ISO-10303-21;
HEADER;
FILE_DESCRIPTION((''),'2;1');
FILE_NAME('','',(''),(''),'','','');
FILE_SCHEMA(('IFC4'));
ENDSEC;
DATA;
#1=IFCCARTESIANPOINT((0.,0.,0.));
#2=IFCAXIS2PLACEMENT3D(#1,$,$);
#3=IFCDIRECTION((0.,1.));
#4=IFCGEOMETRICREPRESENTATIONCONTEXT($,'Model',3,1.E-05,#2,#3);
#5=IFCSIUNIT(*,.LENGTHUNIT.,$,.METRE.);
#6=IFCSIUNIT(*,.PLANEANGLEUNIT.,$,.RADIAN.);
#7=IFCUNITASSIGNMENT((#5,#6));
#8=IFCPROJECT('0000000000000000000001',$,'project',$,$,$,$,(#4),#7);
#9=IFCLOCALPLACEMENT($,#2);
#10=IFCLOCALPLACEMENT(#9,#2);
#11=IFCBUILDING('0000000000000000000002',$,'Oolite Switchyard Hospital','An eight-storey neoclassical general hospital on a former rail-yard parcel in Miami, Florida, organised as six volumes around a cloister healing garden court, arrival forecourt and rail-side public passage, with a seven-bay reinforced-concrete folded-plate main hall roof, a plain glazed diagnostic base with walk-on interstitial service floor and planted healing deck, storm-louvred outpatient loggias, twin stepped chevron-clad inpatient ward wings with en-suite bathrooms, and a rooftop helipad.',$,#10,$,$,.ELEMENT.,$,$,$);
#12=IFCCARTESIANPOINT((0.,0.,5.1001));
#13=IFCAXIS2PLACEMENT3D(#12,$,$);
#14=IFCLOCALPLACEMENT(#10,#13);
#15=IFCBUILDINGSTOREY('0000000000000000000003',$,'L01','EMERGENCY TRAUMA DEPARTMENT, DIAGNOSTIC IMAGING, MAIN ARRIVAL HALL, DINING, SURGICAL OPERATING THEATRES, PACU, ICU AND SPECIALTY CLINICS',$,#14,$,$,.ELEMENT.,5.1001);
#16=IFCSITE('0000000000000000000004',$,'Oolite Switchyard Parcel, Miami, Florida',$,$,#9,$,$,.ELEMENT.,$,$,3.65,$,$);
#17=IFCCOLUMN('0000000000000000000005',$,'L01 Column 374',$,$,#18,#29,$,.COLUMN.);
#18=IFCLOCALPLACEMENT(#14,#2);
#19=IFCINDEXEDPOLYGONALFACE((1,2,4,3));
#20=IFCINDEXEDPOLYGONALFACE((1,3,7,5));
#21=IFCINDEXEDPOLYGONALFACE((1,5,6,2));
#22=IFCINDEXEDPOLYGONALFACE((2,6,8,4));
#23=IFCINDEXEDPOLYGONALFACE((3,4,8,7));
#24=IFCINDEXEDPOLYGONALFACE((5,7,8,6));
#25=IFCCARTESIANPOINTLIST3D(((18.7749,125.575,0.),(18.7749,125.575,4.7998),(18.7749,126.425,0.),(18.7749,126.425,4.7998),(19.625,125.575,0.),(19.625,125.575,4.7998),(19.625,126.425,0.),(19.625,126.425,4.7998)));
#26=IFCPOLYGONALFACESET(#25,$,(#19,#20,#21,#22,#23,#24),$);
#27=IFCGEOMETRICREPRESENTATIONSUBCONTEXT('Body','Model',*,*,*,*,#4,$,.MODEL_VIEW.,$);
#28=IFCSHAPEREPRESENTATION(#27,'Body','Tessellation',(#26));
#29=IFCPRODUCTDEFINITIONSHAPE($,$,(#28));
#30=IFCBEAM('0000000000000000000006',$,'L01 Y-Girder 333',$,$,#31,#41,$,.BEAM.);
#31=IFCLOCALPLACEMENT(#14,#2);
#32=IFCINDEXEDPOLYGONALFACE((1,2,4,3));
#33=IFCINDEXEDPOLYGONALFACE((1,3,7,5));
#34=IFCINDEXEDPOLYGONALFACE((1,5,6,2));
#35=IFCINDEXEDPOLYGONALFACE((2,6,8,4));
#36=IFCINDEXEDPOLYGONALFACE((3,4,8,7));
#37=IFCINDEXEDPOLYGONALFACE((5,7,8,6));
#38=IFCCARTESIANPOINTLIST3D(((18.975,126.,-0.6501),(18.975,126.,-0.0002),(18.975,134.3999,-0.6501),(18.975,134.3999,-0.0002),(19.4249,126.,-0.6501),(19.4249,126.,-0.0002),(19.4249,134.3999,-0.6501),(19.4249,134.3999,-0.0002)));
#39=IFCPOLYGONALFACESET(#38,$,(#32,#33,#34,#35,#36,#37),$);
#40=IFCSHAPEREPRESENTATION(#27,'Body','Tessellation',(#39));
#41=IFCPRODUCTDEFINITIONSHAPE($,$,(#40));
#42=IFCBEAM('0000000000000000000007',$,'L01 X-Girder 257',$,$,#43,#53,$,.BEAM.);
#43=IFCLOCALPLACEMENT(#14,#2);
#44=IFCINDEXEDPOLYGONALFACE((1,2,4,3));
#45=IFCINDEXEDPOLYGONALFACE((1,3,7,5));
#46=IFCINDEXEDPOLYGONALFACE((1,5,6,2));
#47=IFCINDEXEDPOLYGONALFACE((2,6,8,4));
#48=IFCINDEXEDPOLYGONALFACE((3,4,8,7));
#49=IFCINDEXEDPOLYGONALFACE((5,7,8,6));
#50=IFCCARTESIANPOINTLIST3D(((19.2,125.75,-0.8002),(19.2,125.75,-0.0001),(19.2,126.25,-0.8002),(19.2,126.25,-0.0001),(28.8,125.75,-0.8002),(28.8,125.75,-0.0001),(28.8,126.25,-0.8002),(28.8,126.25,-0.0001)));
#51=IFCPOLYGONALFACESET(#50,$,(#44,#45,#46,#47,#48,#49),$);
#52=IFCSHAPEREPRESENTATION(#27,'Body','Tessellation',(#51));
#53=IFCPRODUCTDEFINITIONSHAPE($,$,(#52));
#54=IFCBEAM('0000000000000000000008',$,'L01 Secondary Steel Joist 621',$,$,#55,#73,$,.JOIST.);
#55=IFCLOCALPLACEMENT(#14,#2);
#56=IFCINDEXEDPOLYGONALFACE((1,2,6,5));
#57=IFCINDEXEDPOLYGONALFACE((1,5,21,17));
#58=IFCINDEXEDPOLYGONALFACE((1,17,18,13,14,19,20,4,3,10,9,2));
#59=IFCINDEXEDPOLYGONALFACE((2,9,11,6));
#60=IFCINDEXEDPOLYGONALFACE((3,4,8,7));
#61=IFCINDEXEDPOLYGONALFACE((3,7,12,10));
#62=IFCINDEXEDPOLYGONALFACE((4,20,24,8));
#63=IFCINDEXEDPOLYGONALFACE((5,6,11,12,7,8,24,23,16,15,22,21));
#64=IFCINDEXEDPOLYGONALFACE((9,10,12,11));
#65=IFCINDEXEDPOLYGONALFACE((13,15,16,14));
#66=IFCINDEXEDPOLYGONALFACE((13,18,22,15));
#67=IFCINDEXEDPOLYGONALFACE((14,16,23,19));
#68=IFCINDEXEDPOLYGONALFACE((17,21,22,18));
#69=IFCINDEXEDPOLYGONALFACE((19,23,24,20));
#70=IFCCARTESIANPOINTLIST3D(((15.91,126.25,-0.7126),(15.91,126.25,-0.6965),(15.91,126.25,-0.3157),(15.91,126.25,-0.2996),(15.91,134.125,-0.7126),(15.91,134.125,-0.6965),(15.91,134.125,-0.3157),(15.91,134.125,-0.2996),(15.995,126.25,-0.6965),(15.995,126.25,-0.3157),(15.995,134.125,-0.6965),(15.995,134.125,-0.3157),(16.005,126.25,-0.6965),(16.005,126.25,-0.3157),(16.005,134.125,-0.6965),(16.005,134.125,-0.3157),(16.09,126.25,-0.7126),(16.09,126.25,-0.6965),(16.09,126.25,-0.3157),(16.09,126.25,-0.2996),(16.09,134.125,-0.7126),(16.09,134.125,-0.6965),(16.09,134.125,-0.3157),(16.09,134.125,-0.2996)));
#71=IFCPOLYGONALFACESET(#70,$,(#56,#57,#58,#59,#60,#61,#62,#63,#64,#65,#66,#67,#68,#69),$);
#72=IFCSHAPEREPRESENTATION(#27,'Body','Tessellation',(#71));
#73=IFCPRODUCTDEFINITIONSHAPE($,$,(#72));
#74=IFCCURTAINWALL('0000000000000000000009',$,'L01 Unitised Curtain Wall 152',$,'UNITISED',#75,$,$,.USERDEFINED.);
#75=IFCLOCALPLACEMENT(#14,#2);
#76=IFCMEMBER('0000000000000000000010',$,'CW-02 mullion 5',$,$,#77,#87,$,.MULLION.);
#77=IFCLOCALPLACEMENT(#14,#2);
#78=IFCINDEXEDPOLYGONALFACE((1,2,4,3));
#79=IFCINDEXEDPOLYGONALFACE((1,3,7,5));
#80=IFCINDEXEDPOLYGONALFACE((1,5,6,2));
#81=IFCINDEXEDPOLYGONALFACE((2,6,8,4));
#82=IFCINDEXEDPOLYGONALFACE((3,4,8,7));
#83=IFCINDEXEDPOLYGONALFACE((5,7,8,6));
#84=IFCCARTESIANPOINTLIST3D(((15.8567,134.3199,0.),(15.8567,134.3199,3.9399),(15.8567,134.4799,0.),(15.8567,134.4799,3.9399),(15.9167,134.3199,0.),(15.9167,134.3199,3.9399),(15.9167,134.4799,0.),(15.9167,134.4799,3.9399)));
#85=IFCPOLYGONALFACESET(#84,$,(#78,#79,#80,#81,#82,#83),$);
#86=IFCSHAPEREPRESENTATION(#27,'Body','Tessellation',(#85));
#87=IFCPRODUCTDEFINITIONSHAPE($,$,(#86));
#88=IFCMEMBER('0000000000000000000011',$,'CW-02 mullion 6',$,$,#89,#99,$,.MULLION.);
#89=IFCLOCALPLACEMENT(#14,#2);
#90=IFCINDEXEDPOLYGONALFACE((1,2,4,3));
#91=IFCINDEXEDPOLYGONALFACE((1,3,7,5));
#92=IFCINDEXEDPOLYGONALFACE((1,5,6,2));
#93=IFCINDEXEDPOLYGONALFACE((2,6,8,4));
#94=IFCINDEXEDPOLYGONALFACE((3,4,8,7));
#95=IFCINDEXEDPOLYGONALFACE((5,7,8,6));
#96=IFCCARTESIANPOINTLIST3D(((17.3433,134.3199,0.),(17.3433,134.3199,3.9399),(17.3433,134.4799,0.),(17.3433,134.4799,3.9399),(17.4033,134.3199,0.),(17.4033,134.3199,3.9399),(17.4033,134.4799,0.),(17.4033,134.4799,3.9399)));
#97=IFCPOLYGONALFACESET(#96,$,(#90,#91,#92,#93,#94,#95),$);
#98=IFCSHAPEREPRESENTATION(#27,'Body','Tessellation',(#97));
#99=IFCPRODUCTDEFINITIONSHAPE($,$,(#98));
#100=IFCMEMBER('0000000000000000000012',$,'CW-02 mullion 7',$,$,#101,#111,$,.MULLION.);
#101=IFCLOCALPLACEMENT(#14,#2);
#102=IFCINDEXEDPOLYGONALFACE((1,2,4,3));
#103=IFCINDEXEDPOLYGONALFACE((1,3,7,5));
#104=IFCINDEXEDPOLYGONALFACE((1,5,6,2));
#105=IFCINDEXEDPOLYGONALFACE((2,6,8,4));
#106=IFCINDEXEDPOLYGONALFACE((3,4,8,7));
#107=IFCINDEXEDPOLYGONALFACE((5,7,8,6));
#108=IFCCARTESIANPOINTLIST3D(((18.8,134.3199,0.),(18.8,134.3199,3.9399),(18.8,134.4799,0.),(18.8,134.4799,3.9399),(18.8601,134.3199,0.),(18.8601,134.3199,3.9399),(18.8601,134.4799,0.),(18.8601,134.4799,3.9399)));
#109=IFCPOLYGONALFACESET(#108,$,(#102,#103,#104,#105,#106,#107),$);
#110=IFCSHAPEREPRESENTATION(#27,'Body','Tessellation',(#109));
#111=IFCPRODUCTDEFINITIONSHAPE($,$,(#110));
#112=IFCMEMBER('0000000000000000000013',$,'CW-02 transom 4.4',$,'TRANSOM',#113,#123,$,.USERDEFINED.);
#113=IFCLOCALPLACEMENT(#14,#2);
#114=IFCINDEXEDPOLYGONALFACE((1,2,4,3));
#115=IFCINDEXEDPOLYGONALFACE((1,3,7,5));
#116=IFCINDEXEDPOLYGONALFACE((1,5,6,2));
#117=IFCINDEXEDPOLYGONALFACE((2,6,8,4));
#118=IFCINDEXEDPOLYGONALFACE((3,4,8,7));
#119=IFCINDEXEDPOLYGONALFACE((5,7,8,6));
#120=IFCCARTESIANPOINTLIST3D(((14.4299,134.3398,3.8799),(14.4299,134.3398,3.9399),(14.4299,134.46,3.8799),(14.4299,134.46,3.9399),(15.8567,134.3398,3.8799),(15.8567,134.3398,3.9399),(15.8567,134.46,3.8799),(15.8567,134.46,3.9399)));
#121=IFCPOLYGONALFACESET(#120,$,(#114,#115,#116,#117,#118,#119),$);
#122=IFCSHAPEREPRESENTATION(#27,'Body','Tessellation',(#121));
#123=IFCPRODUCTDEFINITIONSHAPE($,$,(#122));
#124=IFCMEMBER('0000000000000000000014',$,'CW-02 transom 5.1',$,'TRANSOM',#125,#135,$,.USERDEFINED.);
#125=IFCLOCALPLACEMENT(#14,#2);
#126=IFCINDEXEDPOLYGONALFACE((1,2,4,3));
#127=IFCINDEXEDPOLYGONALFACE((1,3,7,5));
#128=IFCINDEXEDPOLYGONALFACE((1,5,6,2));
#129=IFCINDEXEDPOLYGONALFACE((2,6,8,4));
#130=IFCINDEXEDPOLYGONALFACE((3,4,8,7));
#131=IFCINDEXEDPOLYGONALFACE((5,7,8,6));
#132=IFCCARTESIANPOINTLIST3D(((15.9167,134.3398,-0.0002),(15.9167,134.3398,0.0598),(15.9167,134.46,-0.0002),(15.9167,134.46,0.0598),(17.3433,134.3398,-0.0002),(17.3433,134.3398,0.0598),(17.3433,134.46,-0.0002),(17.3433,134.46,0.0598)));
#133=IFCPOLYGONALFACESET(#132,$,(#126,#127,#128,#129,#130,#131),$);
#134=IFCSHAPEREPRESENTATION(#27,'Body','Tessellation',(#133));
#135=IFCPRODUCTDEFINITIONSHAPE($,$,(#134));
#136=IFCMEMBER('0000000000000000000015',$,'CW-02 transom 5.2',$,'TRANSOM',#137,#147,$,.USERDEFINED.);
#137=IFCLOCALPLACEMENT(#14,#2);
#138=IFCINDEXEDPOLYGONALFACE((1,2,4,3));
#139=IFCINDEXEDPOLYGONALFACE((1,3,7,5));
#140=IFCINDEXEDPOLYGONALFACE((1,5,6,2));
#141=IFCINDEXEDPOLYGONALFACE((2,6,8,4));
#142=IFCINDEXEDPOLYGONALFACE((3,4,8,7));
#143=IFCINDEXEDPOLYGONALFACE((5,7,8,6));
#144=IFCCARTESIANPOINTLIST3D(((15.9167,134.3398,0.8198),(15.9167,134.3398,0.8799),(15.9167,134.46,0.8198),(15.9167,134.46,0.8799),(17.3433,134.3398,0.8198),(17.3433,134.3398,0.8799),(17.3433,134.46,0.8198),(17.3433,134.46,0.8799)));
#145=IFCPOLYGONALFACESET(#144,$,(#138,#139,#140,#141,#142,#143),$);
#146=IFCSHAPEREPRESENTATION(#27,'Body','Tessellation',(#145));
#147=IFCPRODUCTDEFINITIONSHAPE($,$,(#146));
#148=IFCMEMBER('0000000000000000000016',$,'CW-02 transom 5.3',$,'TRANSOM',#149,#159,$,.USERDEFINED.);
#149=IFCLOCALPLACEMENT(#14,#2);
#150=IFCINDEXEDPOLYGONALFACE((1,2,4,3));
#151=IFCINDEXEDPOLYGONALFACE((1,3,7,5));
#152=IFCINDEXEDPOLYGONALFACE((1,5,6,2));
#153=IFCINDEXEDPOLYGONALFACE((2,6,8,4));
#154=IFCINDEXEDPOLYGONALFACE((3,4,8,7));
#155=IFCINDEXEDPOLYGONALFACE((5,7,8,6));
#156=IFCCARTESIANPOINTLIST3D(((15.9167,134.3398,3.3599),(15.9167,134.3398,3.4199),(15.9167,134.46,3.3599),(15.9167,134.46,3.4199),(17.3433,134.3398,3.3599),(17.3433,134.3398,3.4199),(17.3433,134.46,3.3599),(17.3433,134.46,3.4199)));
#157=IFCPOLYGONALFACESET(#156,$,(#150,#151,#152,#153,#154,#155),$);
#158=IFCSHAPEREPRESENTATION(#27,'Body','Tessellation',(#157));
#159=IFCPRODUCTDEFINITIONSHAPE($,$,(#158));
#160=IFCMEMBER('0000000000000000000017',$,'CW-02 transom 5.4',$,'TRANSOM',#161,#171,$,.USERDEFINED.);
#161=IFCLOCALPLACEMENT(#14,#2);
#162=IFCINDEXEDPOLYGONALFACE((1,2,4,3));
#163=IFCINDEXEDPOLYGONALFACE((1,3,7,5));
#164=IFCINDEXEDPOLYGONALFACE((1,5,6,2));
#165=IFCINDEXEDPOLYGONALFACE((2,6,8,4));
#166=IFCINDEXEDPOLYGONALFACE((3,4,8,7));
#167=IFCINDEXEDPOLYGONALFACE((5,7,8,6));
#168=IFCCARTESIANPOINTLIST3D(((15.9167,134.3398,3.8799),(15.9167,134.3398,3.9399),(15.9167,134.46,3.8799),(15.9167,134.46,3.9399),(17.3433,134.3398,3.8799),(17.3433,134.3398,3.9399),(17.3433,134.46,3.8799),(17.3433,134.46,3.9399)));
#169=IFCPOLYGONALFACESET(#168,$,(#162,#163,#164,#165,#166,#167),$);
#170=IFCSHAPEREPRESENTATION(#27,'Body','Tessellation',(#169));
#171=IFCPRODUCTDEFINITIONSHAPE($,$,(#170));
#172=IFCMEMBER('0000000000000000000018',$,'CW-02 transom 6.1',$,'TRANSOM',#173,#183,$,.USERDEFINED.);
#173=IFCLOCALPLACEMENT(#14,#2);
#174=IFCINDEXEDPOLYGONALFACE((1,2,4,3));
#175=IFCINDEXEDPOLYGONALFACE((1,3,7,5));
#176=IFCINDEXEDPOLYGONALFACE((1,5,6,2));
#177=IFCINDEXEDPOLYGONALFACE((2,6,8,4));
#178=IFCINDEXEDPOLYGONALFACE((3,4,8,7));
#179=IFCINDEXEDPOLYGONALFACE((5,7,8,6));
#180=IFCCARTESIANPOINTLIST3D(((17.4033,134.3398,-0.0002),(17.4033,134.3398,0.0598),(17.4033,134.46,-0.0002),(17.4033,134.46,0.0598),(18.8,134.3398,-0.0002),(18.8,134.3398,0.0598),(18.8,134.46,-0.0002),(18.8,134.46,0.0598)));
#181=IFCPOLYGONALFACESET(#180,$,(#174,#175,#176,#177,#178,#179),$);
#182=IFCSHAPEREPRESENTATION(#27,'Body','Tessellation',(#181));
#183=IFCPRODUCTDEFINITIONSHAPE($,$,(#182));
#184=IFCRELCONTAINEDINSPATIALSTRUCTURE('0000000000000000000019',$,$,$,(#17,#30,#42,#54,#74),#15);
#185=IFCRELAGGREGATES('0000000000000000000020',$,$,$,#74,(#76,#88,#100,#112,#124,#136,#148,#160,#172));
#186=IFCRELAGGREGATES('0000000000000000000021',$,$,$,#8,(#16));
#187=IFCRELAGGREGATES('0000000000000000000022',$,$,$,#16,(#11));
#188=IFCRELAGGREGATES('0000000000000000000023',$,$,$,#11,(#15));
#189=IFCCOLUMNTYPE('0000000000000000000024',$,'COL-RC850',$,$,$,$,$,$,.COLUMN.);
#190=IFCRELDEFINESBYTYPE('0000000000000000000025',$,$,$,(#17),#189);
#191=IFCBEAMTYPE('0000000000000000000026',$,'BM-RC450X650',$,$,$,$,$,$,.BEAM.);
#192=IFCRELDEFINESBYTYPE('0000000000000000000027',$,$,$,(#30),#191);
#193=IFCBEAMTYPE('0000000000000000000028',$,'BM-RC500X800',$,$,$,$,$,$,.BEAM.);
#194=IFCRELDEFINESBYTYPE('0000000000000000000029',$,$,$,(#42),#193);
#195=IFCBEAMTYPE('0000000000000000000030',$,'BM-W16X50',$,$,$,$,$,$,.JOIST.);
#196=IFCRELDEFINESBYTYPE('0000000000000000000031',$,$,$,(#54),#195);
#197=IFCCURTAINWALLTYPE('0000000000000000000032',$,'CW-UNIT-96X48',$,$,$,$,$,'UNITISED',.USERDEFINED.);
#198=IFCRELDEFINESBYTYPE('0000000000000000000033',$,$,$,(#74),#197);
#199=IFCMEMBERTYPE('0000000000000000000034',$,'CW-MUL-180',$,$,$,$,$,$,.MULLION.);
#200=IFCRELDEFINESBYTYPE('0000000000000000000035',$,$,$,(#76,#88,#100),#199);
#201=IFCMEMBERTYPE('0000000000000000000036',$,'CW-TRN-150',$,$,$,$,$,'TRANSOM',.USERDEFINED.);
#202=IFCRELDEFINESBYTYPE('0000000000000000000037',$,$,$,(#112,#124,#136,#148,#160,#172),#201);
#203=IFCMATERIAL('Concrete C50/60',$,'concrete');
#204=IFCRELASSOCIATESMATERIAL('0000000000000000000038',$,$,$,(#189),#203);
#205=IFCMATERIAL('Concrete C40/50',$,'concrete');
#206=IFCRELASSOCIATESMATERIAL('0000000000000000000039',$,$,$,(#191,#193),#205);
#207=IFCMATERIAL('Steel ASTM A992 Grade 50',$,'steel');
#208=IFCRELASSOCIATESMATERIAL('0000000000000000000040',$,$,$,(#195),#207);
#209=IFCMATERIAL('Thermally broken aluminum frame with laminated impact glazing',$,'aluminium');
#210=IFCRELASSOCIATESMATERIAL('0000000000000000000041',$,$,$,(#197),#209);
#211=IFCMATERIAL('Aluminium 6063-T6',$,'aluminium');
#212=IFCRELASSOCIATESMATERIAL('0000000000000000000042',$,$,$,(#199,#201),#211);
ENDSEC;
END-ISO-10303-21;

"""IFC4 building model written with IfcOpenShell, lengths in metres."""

from ifc_helpers import new_model, si_unit, direction, frame, origin, origin_2d, place, context, subcontext, project, spatial, rectangle, i_section, extrude, material, material_profile, profile_set, type_object, element, aggregate, save


model = new_model("IFC4")

# Units and contexts
model_context = context("Model", 3, precision=1e-05, world=origin(), true_north=direction((0.0, 1.0)))
body_context = subcontext(model_context, "Body", "Model", "MODEL_VIEW")
ifc_project = project(units=[si_unit("LENGTHUNIT", "METRE"), si_unit("PLANEANGLEUNIT", "RADIAN")], contexts=[model_context])

# Site, building, storey
site_placement = place(None, origin())
site = spatial("IfcSite", under=ifc_project, at=site_placement, Name="Oolite Switchyard Parcel, Miami, Florida", CompositionType="ELEMENT", RefElevation=3.65)
building_placement = place(site_placement, origin())
building = spatial("IfcBuilding", under=site, at=building_placement, Name="Oolite Switchyard Hospital", Description="An eight-storey neoclassical general hospital on a former rail-yard parcel in Miami, Florida, organised as six volumes around a cloister healing garden court, arrival forecourt and rail-side public passage, with a seven-bay reinforced-concrete folded-plate main hall roof, a plain glazed diagnostic base with walk-on interstitial service floor and planted healing deck, storm-louvred outpatient loggias, twin stepped chevron-clad inpatient ward wings with en-suite bathrooms, and a rooftop helipad.", CompositionType="ELEMENT")
storey_placement = place(building_placement, frame((0.0, 0.0, 5.1001)))
storey = spatial("IfcBuildingStorey", under=building, at=storey_placement, Name="L01", Description="EMERGENCY TRAUMA DEPARTMENT, DIAGNOSTIC IMAGING, MAIN ARRIVAL HALL, DINING, SURGICAL OPERATING THEATRES, PACU, ICU AND SPECIALTY CLINICS", CompositionType="ELEMENT", Elevation=5.1001)

# Column
ifc_material_1 = material(Name="Concrete C50/60", Category="concrete")
ifc_material_profile_1 = material_profile(ifc_material_1, rectangle(XDim=0.8501, YDim=0.8501, at=origin_2d()), Name="RC850X850")
ifc_profile_set_1 = profile_set([ifc_material_profile_1], Name="Concrete C50/60")
column_type = type_object("IfcColumnType", Name="COL-RC850", PredefinedType="COLUMN", material=ifc_profile_set_1)
column_placement = place(storey_placement, frame((19.2, 126.0, 0.0), z_axis=(0.0, 0.0, 1.0), x_axis=(1.0, 0.0, 0.0)))
element("IfcColumn", 1, at=column_placement, inside=storey, type_object=column_type, Name="L01 Column 374", PredefinedType="COLUMN", context=body_context, shape_type="SweptSolid", body=[
    extrude(rectangle(XDim=0.8501, YDim=0.8501, at=origin_2d()), origin(), (0.0, 0.0, 1.0), 4.7998),
])

# Beams
ifc_material_2 = material(Name="Concrete C40/50", Category="concrete")
ifc_material_profile_2 = material_profile(ifc_material_2, rectangle(XDim=0.45, YDim=0.6499, at=origin_2d()), Name="RCB450X650")
ifc_profile_set_2 = profile_set([ifc_material_profile_2], Name="Concrete C40/50")
beam_type_1 = type_object("IfcBeamType", Name="BM-RC450X650", PredefinedType="BEAM", material=ifc_profile_set_2)
beam_1_placement = place(storey_placement, frame((19.2, 126.0, -0.3252), z_axis=(0.0, 1.0, 0.0), x_axis=(-1.0, 0.0, 0.0)))
element("IfcBeam", 2, at=beam_1_placement, inside=storey, type_object=beam_type_1, Name="L01 Y-Girder 333", PredefinedType="BEAM", context=body_context, shape_type="SweptSolid", body=[
    extrude(rectangle(XDim=0.45, YDim=0.6499, at=origin_2d()), origin(), (0.0, 0.0, 1.0), 8.3999),
])
ifc_material_profile_3 = material_profile(ifc_material_2, rectangle(XDim=0.5, YDim=0.8, at=origin_2d()), Name="RCB500X800")
ifc_profile_set_3 = profile_set([ifc_material_profile_3], Name="Concrete C40/50")
beam_type_2 = type_object("IfcBeamType", Name="BM-RC500X800", PredefinedType="BEAM", material=ifc_profile_set_3)
beam_2_placement = place(storey_placement, frame((19.2, 126.0, -0.4001), z_axis=(1.0, 0.0, 0.0), x_axis=(0.0, 1.0, 0.0)))
element("IfcBeam", 3, at=beam_2_placement, inside=storey, type_object=beam_type_2, Name="L01 X-Girder 257", PredefinedType="BEAM", context=body_context, shape_type="SweptSolid", body=[
    extrude(rectangle(XDim=0.5, YDim=0.8, at=origin_2d()), origin(), (0.0, 0.0, 1.0), 9.6001),
])
ifc_material_3 = material(Name="Steel ASTM A992 Grade 50", Category="steel")
ifc_material_profile_4 = material_profile(ifc_material_3, i_section(OverallWidth=0.1799, OverallDepth=0.4131, WebThickness=0.01, FlangeThickness=0.0161, at=origin_2d()), Name="W16X50")
ifc_profile_set_4 = profile_set([ifc_material_profile_4], Name="Steel ASTM A992 Grade 50")
beam_type_3 = type_object("IfcBeamType", Name="BM-W16X50", PredefinedType="JOIST", material=ifc_profile_set_4)
beam_3_placement = place(storey_placement, frame((16.0, 126.25, -0.5061), z_axis=(0.0, 1.0, 0.0), x_axis=(-1.0, 0.0, 0.0)))
element("IfcBeam", 4, at=beam_3_placement, inside=storey, type_object=beam_type_3, Name="L01 Secondary Steel Joist 621", PredefinedType="JOIST", context=body_context, shape_type="SweptSolid", body=[
    extrude(i_section(OverallWidth=0.1799, OverallDepth=0.4131, WebThickness=0.01, FlangeThickness=0.0161, at=origin_2d()), origin(), (0.0, 0.0, 1.0), 7.875),
])

# Curtain wall, members
ifc_material_4 = material(Name="Thermally broken aluminum frame with laminated impact glazing", Category="aluminium")
curtain_wall_type = type_object("IfcCurtainWallType", Name="CW-UNIT-96X48", ElementType="UNITISED", PredefinedType="USERDEFINED", material=ifc_material_4)
curtain_wall_placement = place(storey_placement, origin())
curtain_wall = element("IfcCurtainWall", 5, at=curtain_wall_placement, inside=storey, type_object=curtain_wall_type, Name="L01 Unitised Curtain Wall 152", ObjectType="UNITISED", PredefinedType="USERDEFINED")
ifc_material_5 = material(Name="Aluminium 6063-T6", Category="aluminium")
ifc_material_profile_5 = material_profile(ifc_material_5, rectangle(XDim=0.1599, YDim=0.0601, at=origin_2d()), Name="CWM60X160")
ifc_profile_set_5 = profile_set([ifc_material_profile_5], Name="Aluminium 6063-T6")
member_type_1 = type_object("IfcMemberType", Name="CW-MUL-180", PredefinedType="MULLION", material=ifc_profile_set_5)
member_1_placement = place(storey_placement, frame((15.8867, 134.3999, 0.0), z_axis=(0.0, 0.0, 1.0), x_axis=(0.0, 1.0, 0.0)))
member_1 = element("IfcMember", 6, at=member_1_placement, type_object=member_type_1, Name="CW-02 mullion 5", PredefinedType="MULLION", context=body_context, shape_type="SweptSolid", body=[
    extrude(rectangle(XDim=0.1599, YDim=0.0601, at=origin_2d()), origin(), (0.0, 0.0, 1.0), 3.9399),
])
member_2_placement = place(storey_placement, frame((17.3733, 134.3999, 0.0), z_axis=(0.0, 0.0, 1.0), x_axis=(0.0, 1.0, 0.0)))
member_2 = element("IfcMember", 7, at=member_2_placement, type_object=member_type_1, Name="CW-02 mullion 6", PredefinedType="MULLION", context=body_context, shape_type="SweptSolid", body=[
    extrude(rectangle(XDim=0.1599, YDim=0.0601, at=origin_2d()), origin(), (0.0, 0.0, 1.0), 3.9399),
])
member_3_placement = place(storey_placement, frame((18.8301, 134.3999, 0.0), z_axis=(0.0, 0.0, 1.0), x_axis=(0.0, 1.0, 0.0)))
member_3 = element("IfcMember", 8, at=member_3_placement, type_object=member_type_1, Name="CW-02 mullion 7", PredefinedType="MULLION", context=body_context, shape_type="SweptSolid", body=[
    extrude(rectangle(XDim=0.1599, YDim=0.0601, at=origin_2d()), origin(), (0.0, 0.0, 1.0), 3.9399),
])
ifc_material_profile_6 = material_profile(ifc_material_5, rectangle(XDim=0.1201, YDim=0.0601, at=origin_2d()), Name="CWT60X120")
ifc_profile_set_6 = profile_set([ifc_material_profile_6], Name="Aluminium 6063-T6")
member_type_2 = type_object("IfcMemberType", Name="CW-TRN-150", ElementType="TRANSOM", PredefinedType="USERDEFINED", material=ifc_profile_set_6)
member_4_placement = place(storey_placement, frame((14.4299, 134.3999, 3.9099), z_axis=(1.0, 0.0, 0.0), x_axis=(0.0, 1.0, 0.0)))
member_4 = element("IfcMember", 9, at=member_4_placement, type_object=member_type_2, Name="CW-02 transom 4.4", ObjectType="TRANSOM", PredefinedType="USERDEFINED", context=body_context, shape_type="SweptSolid", body=[
    extrude(rectangle(XDim=0.1201, YDim=0.0601, at=origin_2d()), origin(), (0.0, 0.0, 1.0), 1.4268),
])
member_5_placement = place(storey_placement, frame((15.9167, 134.3999, 0.0298), z_axis=(1.0, 0.0, 0.0), x_axis=(0.0, 1.0, 0.0)))
member_5 = element("IfcMember", 10, at=member_5_placement, type_object=member_type_2, Name="CW-02 transom 5.1", ObjectType="TRANSOM", PredefinedType="USERDEFINED", context=body_context, shape_type="SweptSolid", body=[
    extrude(rectangle(XDim=0.1201, YDim=0.0601, at=origin_2d()), origin(), (0.0, 0.0, 1.0), 1.4265),
])
member_6_placement = place(storey_placement, frame((15.9167, 134.3999, 0.8499), z_axis=(1.0, 0.0, 0.0), x_axis=(0.0, 1.0, 0.0)))
member_6 = element("IfcMember", 11, at=member_6_placement, type_object=member_type_2, Name="CW-02 transom 5.2", ObjectType="TRANSOM", PredefinedType="USERDEFINED", context=body_context, shape_type="SweptSolid", body=[
    extrude(rectangle(XDim=0.1201, YDim=0.0601, at=origin_2d()), origin(), (0.0, 0.0, 1.0), 1.4265),
])
member_7_placement = place(storey_placement, frame((15.9167, 134.3999, 3.3899), z_axis=(1.0, 0.0, 0.0), x_axis=(0.0, 1.0, 0.0)))
member_7 = element("IfcMember", 12, at=member_7_placement, type_object=member_type_2, Name="CW-02 transom 5.3", ObjectType="TRANSOM", PredefinedType="USERDEFINED", context=body_context, shape_type="SweptSolid", body=[
    extrude(rectangle(XDim=0.1201, YDim=0.0601, at=origin_2d()), origin(), (0.0, 0.0, 1.0), 1.4265),
])
member_8_placement = place(storey_placement, frame((15.9167, 134.3999, 3.9099), z_axis=(1.0, 0.0, 0.0), x_axis=(0.0, 1.0, 0.0)))
member_8 = element("IfcMember", 13, at=member_8_placement, type_object=member_type_2, Name="CW-02 transom 5.4", ObjectType="TRANSOM", PredefinedType="USERDEFINED", context=body_context, shape_type="SweptSolid", body=[
    extrude(rectangle(XDim=0.1201, YDim=0.0601, at=origin_2d()), origin(), (0.0, 0.0, 1.0), 1.4265),
])
member_9_placement = place(storey_placement, frame((17.4033, 134.3999, 0.0298), z_axis=(1.0, 0.0, 0.0), x_axis=(0.0, 1.0, 0.0)))
member_9 = element("IfcMember", 14, at=member_9_placement, type_object=member_type_2, Name="CW-02 transom 6.1", ObjectType="TRANSOM", PredefinedType="USERDEFINED", context=body_context, shape_type="SweptSolid", body=[
    extrude(rectangle(XDim=0.1201, YDim=0.0601, at=origin_2d()), origin(), (0.0, 0.0, 1.0), 1.3967),
])
aggregate(curtain_wall, [member_1, member_2, member_3, member_4, member_5, member_6, member_7, member_8, member_9])

save(model, "model.ifc")
